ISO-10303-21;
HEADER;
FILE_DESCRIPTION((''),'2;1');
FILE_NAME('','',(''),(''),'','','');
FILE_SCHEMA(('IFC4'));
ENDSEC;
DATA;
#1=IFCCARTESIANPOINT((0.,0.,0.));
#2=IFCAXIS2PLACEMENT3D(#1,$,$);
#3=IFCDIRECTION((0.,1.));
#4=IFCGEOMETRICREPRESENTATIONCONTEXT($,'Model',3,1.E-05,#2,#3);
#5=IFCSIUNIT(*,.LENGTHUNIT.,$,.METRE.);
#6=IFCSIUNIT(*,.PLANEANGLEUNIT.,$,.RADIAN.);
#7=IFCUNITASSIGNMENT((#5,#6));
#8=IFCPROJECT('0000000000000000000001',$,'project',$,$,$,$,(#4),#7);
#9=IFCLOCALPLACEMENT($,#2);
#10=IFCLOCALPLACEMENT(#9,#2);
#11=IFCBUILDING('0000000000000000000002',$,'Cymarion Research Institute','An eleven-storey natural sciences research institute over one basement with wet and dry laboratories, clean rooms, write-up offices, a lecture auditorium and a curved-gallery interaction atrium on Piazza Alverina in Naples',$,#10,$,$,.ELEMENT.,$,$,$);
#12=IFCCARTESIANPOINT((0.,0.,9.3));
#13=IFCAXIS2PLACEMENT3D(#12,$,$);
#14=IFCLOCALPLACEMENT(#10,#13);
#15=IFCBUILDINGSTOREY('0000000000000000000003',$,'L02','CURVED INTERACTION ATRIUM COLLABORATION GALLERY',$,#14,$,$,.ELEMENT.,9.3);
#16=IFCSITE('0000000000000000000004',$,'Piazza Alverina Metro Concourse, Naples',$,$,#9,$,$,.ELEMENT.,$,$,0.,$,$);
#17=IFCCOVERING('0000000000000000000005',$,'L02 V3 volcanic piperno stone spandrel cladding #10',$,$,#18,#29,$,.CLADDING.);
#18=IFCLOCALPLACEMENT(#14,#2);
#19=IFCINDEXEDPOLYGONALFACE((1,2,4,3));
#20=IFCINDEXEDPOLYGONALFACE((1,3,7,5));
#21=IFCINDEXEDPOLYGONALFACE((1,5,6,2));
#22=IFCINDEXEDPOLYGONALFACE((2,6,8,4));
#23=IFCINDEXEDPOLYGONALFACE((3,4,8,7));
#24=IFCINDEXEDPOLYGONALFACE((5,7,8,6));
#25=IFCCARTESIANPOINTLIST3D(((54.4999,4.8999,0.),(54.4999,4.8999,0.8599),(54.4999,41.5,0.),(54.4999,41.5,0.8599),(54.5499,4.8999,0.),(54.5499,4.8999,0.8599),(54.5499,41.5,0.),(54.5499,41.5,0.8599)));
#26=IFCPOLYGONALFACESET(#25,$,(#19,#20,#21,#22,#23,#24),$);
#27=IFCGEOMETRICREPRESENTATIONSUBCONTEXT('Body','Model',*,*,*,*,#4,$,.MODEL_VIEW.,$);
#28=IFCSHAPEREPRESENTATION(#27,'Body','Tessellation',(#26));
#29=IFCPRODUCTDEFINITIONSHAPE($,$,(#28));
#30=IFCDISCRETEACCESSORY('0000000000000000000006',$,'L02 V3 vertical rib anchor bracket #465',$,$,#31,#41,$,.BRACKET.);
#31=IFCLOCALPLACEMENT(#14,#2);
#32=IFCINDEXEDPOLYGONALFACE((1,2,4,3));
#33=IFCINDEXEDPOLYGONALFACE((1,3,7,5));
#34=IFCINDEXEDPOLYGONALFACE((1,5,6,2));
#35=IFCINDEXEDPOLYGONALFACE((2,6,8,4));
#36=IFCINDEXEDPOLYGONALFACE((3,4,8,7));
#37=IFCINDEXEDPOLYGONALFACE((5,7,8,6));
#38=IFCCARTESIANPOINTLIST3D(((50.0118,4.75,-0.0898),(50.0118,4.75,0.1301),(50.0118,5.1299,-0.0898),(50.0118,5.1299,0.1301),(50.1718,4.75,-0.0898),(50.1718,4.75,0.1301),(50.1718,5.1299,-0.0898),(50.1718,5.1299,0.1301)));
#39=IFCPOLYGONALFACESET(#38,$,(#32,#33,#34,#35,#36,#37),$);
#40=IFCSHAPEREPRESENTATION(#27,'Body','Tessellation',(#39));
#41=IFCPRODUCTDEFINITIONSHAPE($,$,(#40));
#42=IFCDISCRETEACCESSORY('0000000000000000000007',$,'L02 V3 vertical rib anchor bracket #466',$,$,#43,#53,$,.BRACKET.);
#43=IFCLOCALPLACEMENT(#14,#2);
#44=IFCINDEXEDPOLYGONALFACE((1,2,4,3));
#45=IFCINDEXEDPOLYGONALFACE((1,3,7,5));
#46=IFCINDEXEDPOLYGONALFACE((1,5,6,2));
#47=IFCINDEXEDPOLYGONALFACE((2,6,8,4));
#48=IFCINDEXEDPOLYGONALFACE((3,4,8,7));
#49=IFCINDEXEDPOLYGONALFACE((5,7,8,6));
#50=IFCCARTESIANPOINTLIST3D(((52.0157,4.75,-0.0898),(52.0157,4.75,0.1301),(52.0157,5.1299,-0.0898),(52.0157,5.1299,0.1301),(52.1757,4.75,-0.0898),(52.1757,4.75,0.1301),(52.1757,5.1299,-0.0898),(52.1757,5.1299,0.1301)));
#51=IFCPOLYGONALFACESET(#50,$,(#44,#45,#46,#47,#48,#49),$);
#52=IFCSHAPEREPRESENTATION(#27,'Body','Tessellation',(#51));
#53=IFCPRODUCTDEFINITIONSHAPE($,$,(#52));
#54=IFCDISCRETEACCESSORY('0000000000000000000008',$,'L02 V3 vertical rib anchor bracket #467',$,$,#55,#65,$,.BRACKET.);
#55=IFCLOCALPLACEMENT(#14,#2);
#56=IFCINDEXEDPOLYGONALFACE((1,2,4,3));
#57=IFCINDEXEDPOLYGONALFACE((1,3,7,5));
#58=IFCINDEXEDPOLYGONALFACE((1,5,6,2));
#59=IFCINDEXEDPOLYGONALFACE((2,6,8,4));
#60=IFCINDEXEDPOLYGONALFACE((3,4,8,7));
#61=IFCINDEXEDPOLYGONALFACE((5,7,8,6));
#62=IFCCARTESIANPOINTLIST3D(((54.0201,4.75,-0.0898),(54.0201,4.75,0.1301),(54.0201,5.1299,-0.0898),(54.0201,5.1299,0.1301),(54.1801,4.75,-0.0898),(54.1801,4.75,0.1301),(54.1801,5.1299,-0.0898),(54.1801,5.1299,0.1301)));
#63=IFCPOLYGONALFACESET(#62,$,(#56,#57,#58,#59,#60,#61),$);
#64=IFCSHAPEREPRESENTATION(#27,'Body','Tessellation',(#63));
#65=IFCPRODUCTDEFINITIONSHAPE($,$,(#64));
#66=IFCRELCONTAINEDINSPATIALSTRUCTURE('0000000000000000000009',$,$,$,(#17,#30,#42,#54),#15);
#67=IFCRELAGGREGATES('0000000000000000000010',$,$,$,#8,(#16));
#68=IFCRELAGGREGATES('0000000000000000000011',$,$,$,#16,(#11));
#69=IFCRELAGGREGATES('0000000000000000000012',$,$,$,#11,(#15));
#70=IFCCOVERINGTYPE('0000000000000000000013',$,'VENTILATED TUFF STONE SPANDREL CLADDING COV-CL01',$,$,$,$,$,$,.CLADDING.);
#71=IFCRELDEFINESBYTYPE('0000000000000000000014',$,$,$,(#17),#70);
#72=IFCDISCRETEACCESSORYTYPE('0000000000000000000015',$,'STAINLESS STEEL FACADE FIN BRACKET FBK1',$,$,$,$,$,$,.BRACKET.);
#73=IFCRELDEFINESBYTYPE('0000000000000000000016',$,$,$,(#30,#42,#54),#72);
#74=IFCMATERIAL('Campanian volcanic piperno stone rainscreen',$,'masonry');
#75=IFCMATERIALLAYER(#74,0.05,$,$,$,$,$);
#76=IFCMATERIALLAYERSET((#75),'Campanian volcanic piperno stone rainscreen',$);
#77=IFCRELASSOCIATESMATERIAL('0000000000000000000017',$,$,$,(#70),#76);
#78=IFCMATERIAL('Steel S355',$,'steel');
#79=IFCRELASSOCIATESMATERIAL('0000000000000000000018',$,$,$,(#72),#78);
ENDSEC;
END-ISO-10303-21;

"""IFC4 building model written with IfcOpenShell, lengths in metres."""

from ifc_helpers import new_model, si_unit, direction, frame, frame_2d, origin, origin_2d, place, context, subcontext, project, spatial, rectangle, extrude, material, layer, layer_set, type_object, element, save


model = new_model("IFC4")

# Units and contexts
model_context = context("Model", 3, precision=1e-05, world=origin(), true_north=direction((0.0, 1.0)))
body_context = subcontext(model_context, "Body", "Model", "MODEL_VIEW")
ifc_project = project(units=[si_unit("LENGTHUNIT", "METRE"), si_unit("PLANEANGLEUNIT", "RADIAN")], contexts=[model_context])

# Site, building, storey
site_placement = place(None, origin())
site = spatial("IfcSite", under=ifc_project, at=site_placement, Name="Piazza Alverina Metro Concourse, Naples", CompositionType="ELEMENT", RefElevation=0.0)
building_placement = place(site_placement, origin())
building = spatial("IfcBuilding", under=site, at=building_placement, Name="Cymarion Research Institute", Description="An eleven-storey natural sciences research institute over one basement with wet and dry laboratories, clean rooms, write-up offices, a lecture auditorium and a curved-gallery interaction atrium on Piazza Alverina in Naples", CompositionType="ELEMENT")
storey_placement = place(building_placement, frame((0.0, 0.0, 9.3)))
storey = spatial("IfcBuildingStorey", under=building, at=storey_placement, Name="L02", Description="CURVED INTERACTION ATRIUM COLLABORATION GALLERY", CompositionType="ELEMENT", Elevation=9.3)

# Shared definitions
ifc_material_1 = material(Name="Steel S355", Category="steel")

# Covering
ifc_material_2 = material(Name="Campanian volcanic piperno stone rainscreen", Category="masonry")
ifc_layer_1 = layer(ifc_material_2, 0.05)
ifc_layer_set_1 = layer_set([ifc_layer_1], Name="Campanian volcanic piperno stone rainscreen")
covering_type_1 = type_object("IfcCoveringType", Name="VENTILATED TUFF STONE SPANDREL CLADDING COV-CL01", PredefinedType="CLADDING", material=ifc_layer_set_1)
covering_placement = place(storey_placement, frame((54.5249, 4.8999, 0.0), z_axis=(0.0, 0.0, 1.0), x_axis=(0.0, 1.0, 0.0)))
element("IfcCovering", 1, at=covering_placement, inside=storey, type_object=covering_type_1, Name="L02 V3 volcanic piperno stone spandrel cladding #10", PredefinedType="CLADDING", context=body_context, shape_type="SweptSolid", body=[
    extrude(rectangle(XDim=36.6001, YDim=0.05, at=frame_2d((18.3, 0.0))), origin(), (0.0, 0.0, 1.0), 0.8599),
])

# Discrete accessories
discrete_accessory_type = type_object("IfcDiscreteAccessoryType", Name="STAINLESS STEEL FACADE FIN BRACKET FBK1", PredefinedType="BRACKET", material=ifc_material_1)
for number, where, z_axis, x_axis, name in (
    (2, (50.0918, 4.9399, -0.0898), (0.0, 0.0, 1.0), (0.0, -1.0, 0.0), "L02 V3 vertical rib anchor bracket #465"),
    (3, (52.0957, 4.9399, -0.0898), (0.0, 0.0, 1.0), (0.0, -1.0, 0.0), "L02 V3 vertical rib anchor bracket #466"),
    (4, (54.1001, 4.9399, -0.0898), (0.0, 0.0, 1.0), (0.0, -1.0, 0.0), "L02 V3 vertical rib anchor bracket #467"),
):
    element("IfcDiscreteAccessory", number, at=place(storey_placement, frame(where, z_axis=z_axis, x_axis=x_axis)), inside=storey, type_object=discrete_accessory_type, Name=name, PredefinedType="BRACKET", context=body_context, shape_type="SweptSolid", body=[
        extrude(rectangle(XDim=0.3799, YDim=0.1599, at=origin_2d()), origin(), (0.0, 0.0, 1.0), 0.22),
    ])

save(model, "model.ifc")
